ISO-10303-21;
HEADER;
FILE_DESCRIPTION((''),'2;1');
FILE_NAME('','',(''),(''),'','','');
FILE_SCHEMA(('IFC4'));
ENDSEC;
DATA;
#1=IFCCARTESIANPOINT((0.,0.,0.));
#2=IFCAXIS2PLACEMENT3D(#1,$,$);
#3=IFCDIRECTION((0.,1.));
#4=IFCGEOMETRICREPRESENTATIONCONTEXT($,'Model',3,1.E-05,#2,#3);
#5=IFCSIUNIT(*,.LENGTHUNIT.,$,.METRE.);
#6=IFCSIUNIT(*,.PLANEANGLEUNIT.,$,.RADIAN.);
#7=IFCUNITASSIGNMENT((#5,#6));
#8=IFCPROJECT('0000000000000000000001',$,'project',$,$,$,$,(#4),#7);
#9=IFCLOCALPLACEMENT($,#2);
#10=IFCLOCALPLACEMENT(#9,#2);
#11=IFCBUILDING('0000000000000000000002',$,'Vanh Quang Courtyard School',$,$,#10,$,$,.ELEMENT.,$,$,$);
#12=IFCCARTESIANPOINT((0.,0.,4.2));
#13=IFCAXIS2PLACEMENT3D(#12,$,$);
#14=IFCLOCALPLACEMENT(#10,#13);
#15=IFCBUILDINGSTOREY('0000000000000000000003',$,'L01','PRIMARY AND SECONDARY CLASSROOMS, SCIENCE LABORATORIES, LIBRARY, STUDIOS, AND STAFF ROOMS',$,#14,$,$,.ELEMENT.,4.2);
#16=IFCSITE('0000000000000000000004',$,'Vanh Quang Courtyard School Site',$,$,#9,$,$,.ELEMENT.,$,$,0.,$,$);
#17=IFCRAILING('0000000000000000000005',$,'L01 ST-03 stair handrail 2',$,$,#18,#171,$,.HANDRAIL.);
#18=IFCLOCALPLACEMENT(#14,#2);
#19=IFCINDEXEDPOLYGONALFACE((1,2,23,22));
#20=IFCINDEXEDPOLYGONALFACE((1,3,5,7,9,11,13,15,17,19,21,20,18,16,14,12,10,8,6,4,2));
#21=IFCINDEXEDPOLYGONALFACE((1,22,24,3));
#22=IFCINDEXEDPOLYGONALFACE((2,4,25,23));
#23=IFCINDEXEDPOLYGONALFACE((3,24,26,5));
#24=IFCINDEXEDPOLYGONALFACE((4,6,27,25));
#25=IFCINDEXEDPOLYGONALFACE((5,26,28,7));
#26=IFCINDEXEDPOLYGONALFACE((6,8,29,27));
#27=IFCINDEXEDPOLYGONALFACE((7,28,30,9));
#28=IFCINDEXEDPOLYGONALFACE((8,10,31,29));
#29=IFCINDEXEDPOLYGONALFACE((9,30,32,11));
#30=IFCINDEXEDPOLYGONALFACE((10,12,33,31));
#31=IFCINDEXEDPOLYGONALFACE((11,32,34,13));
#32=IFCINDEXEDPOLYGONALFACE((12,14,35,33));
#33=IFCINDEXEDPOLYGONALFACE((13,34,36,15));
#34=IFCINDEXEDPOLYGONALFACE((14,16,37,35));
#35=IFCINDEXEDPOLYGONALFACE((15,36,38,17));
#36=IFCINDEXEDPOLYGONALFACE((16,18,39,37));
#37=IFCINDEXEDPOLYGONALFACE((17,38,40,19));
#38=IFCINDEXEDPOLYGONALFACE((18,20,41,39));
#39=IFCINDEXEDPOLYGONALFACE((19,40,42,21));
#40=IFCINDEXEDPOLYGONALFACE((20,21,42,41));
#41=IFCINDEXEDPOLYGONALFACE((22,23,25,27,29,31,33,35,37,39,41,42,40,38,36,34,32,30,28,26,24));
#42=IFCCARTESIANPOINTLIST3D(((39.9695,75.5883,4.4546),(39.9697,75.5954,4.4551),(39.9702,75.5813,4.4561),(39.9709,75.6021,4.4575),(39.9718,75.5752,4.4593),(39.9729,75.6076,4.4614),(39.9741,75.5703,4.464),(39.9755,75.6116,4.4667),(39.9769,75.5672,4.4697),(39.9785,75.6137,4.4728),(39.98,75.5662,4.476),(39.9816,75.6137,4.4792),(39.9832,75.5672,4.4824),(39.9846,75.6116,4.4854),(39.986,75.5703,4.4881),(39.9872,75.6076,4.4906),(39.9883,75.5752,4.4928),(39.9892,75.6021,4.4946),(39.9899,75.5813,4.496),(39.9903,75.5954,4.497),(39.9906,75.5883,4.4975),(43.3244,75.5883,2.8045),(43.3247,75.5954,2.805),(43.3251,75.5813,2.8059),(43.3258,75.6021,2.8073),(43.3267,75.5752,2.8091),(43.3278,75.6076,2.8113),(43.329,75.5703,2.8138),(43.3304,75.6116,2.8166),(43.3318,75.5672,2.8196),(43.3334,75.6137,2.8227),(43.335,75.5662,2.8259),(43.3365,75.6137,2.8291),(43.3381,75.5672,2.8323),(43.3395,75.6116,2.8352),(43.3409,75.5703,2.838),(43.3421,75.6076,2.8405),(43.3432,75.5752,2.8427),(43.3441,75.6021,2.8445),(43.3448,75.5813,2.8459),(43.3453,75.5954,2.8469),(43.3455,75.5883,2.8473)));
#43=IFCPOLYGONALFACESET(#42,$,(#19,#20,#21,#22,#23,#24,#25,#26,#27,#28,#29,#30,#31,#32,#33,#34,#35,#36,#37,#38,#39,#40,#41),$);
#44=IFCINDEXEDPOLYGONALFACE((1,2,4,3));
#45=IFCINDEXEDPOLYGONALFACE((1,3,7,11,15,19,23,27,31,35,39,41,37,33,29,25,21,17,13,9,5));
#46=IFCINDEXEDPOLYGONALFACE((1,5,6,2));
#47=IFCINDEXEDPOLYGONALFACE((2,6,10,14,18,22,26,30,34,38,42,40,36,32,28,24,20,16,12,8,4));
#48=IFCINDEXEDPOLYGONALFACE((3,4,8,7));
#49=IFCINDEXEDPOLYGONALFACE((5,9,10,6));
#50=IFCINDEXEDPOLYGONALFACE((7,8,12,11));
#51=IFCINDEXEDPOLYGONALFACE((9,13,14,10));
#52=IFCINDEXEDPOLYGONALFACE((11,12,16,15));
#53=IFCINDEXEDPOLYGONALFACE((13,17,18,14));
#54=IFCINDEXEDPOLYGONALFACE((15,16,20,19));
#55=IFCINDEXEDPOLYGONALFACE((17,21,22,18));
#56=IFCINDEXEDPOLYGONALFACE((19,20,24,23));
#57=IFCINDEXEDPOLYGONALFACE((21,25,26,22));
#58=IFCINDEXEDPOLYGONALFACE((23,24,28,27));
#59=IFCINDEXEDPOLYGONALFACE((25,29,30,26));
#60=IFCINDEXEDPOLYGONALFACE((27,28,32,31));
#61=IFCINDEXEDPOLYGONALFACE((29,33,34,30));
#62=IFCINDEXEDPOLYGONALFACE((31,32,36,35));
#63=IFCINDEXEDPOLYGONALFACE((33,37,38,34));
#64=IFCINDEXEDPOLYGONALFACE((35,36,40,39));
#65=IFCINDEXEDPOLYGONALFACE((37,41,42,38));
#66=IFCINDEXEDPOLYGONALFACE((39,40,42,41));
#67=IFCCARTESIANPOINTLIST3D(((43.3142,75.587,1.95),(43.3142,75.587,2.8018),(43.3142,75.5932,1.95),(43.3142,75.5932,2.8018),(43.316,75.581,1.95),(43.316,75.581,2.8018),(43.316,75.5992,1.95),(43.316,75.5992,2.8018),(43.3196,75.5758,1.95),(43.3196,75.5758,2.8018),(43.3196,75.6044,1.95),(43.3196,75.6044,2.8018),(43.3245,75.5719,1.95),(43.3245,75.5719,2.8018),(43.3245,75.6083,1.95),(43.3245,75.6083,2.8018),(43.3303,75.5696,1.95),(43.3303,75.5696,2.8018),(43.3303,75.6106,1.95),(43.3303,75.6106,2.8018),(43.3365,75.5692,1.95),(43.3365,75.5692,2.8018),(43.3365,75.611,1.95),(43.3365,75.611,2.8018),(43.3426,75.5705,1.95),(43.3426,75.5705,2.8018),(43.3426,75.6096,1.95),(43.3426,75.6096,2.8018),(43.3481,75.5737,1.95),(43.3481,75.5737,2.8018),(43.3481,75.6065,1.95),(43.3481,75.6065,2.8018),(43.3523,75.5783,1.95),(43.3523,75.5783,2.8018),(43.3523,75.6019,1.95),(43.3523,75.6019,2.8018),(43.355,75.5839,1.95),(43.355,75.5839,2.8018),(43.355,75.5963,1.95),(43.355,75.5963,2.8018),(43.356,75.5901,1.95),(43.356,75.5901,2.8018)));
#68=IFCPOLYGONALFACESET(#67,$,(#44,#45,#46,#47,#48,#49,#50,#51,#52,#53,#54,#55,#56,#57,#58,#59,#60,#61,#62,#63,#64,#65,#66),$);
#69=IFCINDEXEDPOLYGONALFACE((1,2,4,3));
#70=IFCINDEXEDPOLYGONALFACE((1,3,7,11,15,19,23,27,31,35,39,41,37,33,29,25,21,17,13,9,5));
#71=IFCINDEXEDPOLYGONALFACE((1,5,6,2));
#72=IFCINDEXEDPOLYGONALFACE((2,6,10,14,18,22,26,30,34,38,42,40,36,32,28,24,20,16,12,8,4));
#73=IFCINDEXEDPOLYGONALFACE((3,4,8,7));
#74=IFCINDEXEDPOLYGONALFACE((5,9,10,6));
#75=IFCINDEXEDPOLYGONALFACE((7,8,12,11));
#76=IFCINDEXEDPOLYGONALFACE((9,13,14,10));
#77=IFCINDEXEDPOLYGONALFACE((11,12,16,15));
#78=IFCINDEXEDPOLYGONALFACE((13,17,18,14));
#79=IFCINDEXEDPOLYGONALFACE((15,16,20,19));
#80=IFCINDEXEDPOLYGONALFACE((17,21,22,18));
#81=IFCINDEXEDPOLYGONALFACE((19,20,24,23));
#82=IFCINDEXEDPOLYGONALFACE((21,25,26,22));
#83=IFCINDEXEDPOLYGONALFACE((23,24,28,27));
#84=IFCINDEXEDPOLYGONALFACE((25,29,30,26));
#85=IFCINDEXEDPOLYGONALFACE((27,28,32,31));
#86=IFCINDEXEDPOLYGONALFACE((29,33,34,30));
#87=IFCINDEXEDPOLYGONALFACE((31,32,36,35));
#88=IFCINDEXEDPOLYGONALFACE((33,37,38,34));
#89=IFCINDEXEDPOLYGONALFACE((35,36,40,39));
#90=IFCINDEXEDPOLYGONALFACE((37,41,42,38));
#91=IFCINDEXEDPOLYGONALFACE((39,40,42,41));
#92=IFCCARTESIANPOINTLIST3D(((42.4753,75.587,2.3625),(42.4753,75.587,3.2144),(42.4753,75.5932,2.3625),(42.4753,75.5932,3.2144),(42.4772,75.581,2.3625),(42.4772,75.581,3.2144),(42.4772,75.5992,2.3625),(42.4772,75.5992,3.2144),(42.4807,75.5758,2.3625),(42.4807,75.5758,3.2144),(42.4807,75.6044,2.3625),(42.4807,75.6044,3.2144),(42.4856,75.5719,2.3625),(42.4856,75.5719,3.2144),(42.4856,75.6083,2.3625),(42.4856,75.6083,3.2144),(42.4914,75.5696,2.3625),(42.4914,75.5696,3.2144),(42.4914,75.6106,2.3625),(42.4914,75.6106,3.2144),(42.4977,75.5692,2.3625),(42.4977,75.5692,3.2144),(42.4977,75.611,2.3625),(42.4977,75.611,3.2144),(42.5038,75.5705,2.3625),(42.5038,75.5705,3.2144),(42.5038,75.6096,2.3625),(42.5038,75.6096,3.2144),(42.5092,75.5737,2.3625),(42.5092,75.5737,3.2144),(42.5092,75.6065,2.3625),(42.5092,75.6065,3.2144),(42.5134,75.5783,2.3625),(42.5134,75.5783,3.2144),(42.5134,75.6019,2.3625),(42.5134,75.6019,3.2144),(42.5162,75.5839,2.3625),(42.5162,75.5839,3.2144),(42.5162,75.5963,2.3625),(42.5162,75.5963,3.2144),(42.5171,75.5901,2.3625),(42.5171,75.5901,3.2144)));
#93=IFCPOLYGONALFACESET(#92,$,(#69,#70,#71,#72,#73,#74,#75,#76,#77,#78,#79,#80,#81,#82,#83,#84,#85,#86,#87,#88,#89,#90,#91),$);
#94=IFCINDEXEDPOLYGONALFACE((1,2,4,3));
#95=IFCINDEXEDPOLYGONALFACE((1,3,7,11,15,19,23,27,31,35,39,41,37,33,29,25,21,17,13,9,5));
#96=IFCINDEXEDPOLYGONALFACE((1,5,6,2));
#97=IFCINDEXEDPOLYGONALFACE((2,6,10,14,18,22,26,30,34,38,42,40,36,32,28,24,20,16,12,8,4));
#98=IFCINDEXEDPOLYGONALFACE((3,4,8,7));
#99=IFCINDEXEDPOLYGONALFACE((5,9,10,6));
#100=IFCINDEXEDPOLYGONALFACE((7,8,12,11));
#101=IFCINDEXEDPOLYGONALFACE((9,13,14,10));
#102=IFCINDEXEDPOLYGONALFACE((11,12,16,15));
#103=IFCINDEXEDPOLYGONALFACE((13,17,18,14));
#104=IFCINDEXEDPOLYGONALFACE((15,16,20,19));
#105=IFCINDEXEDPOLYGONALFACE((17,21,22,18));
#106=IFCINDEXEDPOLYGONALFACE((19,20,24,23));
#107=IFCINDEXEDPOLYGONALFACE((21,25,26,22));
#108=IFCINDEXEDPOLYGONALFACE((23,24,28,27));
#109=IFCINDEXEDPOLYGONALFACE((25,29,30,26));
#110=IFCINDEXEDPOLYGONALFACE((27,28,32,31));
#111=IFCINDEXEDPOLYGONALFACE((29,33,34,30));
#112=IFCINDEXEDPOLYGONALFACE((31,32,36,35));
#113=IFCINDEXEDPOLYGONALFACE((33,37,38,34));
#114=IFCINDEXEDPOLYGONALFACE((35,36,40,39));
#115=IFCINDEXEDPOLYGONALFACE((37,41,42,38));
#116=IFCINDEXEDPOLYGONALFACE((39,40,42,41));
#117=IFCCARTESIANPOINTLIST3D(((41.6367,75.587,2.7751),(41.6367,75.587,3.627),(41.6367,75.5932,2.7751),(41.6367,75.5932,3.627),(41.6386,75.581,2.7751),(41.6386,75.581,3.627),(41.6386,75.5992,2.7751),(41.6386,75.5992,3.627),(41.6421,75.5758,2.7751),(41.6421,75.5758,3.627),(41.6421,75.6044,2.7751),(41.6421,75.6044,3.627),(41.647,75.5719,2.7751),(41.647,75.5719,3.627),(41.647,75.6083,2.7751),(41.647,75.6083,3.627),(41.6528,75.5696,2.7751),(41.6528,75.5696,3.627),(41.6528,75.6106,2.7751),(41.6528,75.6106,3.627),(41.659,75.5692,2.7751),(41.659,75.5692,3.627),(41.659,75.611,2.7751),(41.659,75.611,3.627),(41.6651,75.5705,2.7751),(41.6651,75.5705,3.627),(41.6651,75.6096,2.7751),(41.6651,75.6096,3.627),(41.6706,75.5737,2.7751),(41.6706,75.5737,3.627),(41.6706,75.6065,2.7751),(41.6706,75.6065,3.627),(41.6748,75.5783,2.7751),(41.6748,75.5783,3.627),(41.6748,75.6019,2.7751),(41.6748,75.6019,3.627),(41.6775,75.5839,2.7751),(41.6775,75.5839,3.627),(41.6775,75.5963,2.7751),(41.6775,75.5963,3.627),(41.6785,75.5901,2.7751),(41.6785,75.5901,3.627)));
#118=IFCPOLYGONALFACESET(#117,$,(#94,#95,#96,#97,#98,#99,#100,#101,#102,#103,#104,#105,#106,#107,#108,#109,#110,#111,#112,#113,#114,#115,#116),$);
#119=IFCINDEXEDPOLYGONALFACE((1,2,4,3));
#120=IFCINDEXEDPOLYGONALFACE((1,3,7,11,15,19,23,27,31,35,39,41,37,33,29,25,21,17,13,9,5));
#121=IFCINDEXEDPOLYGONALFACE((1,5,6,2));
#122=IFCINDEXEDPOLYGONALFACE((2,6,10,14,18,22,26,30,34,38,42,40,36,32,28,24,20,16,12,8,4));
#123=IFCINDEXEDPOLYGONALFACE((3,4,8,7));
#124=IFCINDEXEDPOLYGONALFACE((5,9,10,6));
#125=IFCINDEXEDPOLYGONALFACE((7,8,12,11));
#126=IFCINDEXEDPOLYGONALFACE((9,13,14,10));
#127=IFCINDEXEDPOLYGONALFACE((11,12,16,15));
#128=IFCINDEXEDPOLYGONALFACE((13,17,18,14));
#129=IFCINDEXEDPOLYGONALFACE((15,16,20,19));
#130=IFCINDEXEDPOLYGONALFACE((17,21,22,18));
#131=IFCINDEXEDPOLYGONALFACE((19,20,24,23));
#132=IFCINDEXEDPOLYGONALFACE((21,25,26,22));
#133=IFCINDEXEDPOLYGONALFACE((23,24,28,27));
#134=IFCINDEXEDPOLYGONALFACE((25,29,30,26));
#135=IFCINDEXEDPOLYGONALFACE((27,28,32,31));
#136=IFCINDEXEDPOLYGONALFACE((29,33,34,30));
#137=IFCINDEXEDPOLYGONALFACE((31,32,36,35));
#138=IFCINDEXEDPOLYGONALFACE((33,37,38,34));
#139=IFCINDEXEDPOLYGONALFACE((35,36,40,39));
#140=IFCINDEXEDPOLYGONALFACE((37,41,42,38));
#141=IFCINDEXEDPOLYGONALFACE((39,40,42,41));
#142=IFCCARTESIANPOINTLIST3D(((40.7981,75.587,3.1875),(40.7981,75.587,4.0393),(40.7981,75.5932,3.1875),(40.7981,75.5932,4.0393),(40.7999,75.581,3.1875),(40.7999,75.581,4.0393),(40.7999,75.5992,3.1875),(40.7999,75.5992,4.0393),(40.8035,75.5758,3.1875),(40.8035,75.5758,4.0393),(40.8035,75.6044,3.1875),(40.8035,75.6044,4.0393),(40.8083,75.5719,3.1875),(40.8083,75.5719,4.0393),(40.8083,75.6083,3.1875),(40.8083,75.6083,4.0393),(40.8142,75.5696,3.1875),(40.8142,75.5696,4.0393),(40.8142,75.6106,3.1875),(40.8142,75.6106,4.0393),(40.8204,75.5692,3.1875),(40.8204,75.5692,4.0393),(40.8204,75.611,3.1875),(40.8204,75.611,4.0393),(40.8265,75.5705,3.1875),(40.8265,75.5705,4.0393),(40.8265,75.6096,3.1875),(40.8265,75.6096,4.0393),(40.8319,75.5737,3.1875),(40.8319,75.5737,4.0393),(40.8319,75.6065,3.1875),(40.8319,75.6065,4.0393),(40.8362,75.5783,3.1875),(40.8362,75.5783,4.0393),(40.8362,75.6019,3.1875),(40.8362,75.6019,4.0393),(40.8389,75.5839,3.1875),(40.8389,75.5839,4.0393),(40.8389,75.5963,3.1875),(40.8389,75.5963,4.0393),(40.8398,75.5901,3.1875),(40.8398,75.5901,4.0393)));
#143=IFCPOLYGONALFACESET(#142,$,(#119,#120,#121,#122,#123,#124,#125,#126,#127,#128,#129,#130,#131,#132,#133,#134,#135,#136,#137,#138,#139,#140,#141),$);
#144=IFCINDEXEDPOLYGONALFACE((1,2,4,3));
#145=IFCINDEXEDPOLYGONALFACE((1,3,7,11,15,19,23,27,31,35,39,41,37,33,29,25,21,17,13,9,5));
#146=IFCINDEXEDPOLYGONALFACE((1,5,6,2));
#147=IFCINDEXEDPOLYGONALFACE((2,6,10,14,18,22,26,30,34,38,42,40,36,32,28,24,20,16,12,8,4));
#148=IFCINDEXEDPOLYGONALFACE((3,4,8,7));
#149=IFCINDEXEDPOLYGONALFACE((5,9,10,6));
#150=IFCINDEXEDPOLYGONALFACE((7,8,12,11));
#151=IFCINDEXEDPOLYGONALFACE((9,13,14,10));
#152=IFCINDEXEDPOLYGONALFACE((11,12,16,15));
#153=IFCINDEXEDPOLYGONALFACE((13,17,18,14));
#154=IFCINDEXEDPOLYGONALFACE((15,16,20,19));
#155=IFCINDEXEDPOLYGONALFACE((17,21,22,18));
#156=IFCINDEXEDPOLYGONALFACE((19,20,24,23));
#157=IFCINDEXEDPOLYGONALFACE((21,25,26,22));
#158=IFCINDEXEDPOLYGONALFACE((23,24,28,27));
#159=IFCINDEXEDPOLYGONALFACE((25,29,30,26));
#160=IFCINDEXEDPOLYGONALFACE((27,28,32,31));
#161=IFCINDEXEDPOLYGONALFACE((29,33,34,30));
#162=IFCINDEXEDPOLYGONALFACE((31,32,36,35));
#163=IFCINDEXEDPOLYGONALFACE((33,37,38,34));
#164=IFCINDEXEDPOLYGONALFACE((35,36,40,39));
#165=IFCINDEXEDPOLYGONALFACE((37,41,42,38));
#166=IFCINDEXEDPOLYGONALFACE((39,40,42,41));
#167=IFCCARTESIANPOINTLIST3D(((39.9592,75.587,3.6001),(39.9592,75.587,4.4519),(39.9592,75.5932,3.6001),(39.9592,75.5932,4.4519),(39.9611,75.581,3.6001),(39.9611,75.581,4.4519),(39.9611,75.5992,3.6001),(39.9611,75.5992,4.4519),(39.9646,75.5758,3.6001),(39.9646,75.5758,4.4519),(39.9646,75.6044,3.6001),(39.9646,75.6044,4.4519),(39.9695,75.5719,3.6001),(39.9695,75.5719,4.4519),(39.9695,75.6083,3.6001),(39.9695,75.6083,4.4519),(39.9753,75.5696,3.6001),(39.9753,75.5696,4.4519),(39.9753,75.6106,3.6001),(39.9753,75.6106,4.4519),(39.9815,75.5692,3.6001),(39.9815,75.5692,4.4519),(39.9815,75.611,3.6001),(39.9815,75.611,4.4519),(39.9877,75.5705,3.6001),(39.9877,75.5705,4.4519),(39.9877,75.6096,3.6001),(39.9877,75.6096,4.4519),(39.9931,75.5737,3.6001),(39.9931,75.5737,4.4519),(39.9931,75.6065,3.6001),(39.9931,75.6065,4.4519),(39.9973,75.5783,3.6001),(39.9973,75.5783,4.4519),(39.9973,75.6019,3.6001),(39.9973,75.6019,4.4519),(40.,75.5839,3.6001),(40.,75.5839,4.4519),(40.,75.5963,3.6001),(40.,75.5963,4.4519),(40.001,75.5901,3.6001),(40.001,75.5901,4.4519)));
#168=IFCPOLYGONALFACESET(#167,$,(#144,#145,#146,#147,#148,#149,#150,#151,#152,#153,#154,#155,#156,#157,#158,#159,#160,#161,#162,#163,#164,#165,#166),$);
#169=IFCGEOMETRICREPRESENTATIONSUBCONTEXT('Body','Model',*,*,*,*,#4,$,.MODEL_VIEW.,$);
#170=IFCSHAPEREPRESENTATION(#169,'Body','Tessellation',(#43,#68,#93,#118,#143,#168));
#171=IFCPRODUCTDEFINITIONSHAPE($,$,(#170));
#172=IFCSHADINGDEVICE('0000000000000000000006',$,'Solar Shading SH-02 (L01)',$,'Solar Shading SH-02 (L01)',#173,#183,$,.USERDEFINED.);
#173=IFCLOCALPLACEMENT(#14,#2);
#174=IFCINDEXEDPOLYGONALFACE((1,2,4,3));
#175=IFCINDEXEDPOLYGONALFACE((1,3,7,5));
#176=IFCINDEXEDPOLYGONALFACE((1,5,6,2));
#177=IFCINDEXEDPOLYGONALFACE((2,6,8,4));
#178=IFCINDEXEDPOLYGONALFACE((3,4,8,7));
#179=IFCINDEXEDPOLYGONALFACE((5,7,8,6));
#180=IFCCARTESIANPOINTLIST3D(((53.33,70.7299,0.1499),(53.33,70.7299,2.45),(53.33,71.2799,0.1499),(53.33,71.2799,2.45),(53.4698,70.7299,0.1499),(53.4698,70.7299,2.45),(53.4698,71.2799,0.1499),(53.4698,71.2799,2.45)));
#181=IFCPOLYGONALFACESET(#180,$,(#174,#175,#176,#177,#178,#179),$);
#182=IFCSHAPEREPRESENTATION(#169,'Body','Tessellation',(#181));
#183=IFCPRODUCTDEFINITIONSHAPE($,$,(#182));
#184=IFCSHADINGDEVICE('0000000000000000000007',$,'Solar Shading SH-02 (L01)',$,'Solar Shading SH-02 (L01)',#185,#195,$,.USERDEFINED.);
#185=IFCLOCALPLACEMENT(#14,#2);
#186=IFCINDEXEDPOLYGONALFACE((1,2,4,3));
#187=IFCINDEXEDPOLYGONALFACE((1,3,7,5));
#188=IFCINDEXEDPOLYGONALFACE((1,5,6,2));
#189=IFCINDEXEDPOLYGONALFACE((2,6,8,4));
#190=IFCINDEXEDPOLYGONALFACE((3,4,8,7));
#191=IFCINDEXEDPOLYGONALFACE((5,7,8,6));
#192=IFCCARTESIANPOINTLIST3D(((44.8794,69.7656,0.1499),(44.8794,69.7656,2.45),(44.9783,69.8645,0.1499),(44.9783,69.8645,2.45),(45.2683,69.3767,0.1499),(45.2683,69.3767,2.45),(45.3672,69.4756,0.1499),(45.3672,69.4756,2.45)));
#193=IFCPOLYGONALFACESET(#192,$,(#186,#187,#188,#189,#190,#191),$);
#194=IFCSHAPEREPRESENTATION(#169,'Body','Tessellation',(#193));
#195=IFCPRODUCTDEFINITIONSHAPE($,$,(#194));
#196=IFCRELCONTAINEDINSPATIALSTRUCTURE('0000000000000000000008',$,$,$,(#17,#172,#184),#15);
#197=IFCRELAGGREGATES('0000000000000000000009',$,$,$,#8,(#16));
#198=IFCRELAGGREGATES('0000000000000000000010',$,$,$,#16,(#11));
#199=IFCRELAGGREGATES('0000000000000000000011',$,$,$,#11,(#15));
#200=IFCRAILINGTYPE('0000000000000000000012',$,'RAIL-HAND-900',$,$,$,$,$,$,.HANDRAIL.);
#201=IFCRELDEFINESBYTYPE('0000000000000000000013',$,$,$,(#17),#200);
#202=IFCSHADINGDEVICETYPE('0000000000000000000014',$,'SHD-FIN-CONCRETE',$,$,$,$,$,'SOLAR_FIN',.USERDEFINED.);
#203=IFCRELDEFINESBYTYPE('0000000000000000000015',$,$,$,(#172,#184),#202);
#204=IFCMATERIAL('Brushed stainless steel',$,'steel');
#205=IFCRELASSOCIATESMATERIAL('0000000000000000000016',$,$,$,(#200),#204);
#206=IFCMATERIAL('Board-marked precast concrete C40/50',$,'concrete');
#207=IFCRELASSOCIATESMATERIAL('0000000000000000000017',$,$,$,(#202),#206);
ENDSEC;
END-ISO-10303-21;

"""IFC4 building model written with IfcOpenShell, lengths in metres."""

from ifc_helpers import new_model, si_unit, direction, frame, origin, origin_2d, place, context, subcontext, project, spatial, rectangle, circle, extrude, material, type_object, element, save


model = new_model("IFC4")

# Units and contexts
model_context = context("Model", 3, precision=1e-05, world=origin(), true_north=direction((0.0, 1.0)))
body_context = subcontext(model_context, "Body", "Model", "MODEL_VIEW")
ifc_project = project(units=[si_unit("LENGTHUNIT", "METRE"), si_unit("PLANEANGLEUNIT", "RADIAN")], contexts=[model_context])

# Site, building, storey
site_placement = place(None, origin())
site = spatial("IfcSite", under=ifc_project, at=site_placement, Name="Vanh Quang Courtyard School Site", CompositionType="ELEMENT", RefElevation=0.0)
building_placement = place(site_placement, origin())
building = spatial("IfcBuilding", under=site, at=building_placement, Name="Vanh Quang Courtyard School", CompositionType="ELEMENT")
storey_placement = place(building_placement, frame((0.0, 0.0, 4.2)))
storey = spatial("IfcBuildingStorey", under=building, at=storey_placement, Name="L01", Description="PRIMARY AND SECONDARY CLASSROOMS, SCIENCE LABORATORIES, LIBRARY, STUDIOS, AND STAFF ROOMS", CompositionType="ELEMENT", Elevation=4.2)

# Railing
ifc_material_1 = material(Name="Brushed stainless steel", Category="steel")
railing_type_1 = type_object("IfcRailingType", Name="RAIL-HAND-900", PredefinedType="HANDRAIL", material=ifc_material_1)
railing_1_placement = place(storey_placement, frame((43.335, 75.5901, 1.95)))
element("IfcRailing", 1, at=railing_1_placement, inside=storey, type_object=railing_type_1, Name="L01 ST-03 stair handrail 2", PredefinedType="HANDRAIL", context=body_context, shape_type="SweptSolid", body=[
    extrude(circle(Radius=0.0239, at=origin_2d()), frame((0.0, 0.0, 0.876), z_axis=(-0.897333, 0.0, 0.441353), x_axis=(0.0, -1.0, 0.0)), (0.0, 0.0, 1.0), 3.7388),
    extrude(circle(Radius=0.021, at=origin_2d()), origin(), (0.0, 0.0, 1.0), 0.8518),
    extrude(circle(Radius=0.021, at=origin_2d()), frame((-0.8389, 0.0, 0.4126)), (0.0, 0.0, 1.0), 0.8518),
    extrude(circle(Radius=0.021, at=origin_2d()), frame((-1.6775, 0.0, 0.8252)), (0.0, 0.0, 1.0), 0.8518),
    extrude(circle(Radius=0.021, at=origin_2d()), frame((-2.5161, 0.0, 1.2375)), (0.0, 0.0, 1.0), 0.8518),
    extrude(circle(Radius=0.021, at=origin_2d()), frame((-3.355, 0.0, 1.6501)), (0.0, 0.0, 1.0), 0.8518),
])

# Shading devices
ifc_material_2 = material(Name="Board-marked precast concrete C40/50", Category="concrete")
shading_device_type = type_object("IfcShadingDeviceType", Name="SHD-FIN-CONCRETE", ElementType="SOLAR_FIN", PredefinedType="USERDEFINED", material=ifc_material_2)
for number, where, z_axis, x_axis, name in (
    (2, (53.3999, 71.0049, 0.1499), (0.0, 0.0, 1.0), (-1.0, 0.0, 0.0), "Solar Shading SH-02 (L01)"),
    (3, (45.1233, 69.6206, 0.1499), (0.0, 0.0, 1.0), (-0.707107, -0.707107, 0.0), "Solar Shading SH-02 (L01)"),
):
    element("IfcShadingDevice", number, at=place(storey_placement, frame(where, z_axis=z_axis, x_axis=x_axis)), inside=storey, type_object=shading_device_type, Name=name, ObjectType="Solar Shading SH-02 (L01)", PredefinedType="USERDEFINED", context=body_context, shape_type="SweptSolid", body=[
        extrude(rectangle(XDim=0.1399, YDim=0.55, at=origin_2d()), origin(), (0.0, 0.0, 1.0), 2.3),
    ])

save(model, "model.ifc")
